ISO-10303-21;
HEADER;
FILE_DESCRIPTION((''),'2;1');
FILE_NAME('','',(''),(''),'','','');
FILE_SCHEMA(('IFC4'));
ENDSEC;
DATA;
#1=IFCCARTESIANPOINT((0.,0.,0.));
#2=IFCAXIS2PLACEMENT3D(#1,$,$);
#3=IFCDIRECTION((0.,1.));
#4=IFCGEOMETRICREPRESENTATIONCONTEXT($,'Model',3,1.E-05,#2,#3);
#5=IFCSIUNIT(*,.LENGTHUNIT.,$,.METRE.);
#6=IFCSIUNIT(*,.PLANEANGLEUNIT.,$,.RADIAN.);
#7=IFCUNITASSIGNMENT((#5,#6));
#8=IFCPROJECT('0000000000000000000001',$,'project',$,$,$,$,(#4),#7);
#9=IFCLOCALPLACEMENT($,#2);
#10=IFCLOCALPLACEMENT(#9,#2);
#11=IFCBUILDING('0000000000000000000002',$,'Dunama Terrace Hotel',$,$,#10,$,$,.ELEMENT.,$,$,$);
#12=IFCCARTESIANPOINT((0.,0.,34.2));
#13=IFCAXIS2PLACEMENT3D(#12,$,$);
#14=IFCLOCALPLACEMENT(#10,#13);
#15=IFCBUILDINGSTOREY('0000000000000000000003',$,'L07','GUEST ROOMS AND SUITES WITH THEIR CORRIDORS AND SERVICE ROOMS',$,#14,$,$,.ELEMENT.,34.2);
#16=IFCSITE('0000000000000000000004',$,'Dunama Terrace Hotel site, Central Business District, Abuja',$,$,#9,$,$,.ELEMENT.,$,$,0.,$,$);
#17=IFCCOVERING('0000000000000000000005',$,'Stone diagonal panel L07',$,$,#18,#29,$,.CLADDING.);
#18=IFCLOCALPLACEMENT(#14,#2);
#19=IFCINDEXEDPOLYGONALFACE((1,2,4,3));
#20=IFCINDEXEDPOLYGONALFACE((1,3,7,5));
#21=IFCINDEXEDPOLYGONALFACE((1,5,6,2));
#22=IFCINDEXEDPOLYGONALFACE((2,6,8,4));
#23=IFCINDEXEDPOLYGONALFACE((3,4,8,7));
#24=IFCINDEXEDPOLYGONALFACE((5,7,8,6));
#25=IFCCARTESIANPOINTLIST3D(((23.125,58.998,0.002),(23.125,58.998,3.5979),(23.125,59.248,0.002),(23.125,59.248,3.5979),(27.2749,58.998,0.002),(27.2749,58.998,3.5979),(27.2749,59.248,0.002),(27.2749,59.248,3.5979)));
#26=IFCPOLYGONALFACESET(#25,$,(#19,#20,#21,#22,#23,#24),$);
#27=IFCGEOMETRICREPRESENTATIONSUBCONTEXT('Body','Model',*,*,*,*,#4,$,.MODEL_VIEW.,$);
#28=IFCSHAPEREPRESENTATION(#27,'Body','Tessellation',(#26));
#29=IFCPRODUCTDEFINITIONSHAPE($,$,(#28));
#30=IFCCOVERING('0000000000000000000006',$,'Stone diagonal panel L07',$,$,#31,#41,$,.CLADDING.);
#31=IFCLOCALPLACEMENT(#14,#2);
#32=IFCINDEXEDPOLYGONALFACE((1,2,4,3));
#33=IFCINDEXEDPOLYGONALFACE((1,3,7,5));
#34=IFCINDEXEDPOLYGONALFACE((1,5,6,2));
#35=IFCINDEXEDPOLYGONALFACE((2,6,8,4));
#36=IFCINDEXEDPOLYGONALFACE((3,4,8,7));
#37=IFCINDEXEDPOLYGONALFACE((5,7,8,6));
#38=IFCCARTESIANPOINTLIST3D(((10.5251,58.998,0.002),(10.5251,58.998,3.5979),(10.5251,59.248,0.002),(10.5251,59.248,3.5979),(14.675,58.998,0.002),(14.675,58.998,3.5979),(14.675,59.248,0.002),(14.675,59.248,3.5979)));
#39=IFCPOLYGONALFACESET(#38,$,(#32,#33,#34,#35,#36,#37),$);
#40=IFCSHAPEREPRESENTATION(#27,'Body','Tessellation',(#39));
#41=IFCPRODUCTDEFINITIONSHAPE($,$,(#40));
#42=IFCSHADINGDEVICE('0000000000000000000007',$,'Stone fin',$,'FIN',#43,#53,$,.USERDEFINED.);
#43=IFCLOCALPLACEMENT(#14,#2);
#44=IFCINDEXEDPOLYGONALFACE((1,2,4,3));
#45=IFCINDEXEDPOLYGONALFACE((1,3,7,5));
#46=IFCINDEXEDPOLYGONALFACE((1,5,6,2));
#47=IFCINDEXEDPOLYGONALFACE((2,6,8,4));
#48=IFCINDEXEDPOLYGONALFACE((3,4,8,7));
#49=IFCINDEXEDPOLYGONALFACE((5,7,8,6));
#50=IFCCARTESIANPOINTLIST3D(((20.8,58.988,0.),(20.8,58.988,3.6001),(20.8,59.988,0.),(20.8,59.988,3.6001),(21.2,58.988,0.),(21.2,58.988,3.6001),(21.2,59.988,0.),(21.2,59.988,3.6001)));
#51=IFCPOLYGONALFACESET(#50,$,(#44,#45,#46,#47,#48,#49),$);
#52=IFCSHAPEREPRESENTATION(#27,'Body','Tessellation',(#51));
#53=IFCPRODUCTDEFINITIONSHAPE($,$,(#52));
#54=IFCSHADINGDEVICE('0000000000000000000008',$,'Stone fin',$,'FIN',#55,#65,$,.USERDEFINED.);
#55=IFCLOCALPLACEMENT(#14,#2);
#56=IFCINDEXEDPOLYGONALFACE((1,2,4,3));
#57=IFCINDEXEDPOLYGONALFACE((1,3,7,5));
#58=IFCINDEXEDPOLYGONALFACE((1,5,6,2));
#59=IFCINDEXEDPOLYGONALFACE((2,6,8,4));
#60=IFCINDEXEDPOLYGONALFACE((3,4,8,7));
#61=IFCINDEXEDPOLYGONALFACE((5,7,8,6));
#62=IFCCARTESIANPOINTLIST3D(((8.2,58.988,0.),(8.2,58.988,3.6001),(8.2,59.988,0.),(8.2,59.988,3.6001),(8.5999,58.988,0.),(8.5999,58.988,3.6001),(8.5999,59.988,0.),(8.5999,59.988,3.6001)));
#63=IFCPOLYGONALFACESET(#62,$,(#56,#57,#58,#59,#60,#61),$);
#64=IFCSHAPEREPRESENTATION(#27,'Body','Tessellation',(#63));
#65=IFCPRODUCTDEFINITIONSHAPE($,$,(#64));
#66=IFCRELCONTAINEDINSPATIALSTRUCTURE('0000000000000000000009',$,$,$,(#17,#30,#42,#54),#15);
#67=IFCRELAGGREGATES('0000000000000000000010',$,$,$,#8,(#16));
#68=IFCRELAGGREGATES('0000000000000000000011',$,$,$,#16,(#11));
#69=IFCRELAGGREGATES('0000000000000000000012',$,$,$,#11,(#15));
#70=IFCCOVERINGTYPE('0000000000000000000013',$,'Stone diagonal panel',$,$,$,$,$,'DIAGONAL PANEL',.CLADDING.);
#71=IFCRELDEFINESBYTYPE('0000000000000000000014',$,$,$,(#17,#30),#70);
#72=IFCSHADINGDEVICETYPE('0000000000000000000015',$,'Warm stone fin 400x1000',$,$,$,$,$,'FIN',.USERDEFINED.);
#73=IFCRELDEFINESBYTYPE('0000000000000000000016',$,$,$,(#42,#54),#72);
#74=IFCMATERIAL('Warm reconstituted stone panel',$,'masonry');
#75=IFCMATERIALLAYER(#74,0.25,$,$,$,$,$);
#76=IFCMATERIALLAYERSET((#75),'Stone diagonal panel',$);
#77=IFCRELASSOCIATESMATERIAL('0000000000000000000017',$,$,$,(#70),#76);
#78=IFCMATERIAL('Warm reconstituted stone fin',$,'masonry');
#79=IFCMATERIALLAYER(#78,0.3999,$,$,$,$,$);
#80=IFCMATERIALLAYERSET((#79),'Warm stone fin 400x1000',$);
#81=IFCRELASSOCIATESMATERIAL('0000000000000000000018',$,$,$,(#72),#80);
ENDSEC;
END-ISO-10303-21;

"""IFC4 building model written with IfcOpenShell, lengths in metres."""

from ifc_helpers import new_model, si_unit, direction, frame, origin, origin_2d, place, context, subcontext, project, spatial, rectangle, extrude, material, layer, layer_set, type_object, element, save


model = new_model("IFC4")

# Units and contexts
model_context = context("Model", 3, precision=1e-05, world=origin(), true_north=direction((0.0, 1.0)))
body_context = subcontext(model_context, "Body", "Model", "MODEL_VIEW")
ifc_project = project(units=[si_unit("LENGTHUNIT", "METRE"), si_unit("PLANEANGLEUNIT", "RADIAN")], contexts=[model_context])

# Site, building, storey
site_placement = place(None, origin())
site = spatial("IfcSite", under=ifc_project, at=site_placement, Name="Dunama Terrace Hotel site, Central Business District, Abuja", CompositionType="ELEMENT", RefElevation=0.0)
building_placement = place(site_placement, origin())
building = spatial("IfcBuilding", under=site, at=building_placement, Name="Dunama Terrace Hotel", CompositionType="ELEMENT")
storey_placement = place(building_placement, frame((0.0, 0.0, 34.2)))
storey = spatial("IfcBuildingStorey", under=building, at=storey_placement, Name="L07", Description="GUEST ROOMS AND SUITES WITH THEIR CORRIDORS AND SERVICE ROOMS", CompositionType="ELEMENT", Elevation=34.2)

# Coverings
ifc_material_1 = material(Name="Warm reconstituted stone panel", Category="masonry")
ifc_layer_1 = layer(ifc_material_1, 0.25)
ifc_layer_set_1 = layer_set([ifc_layer_1], Name="Stone diagonal panel")
covering_type = type_object("IfcCoveringType", Name="Stone diagonal panel", ElementType="DIAGONAL PANEL", PredefinedType="CLADDING", material=ifc_layer_set_1)
for number, where, z_axis, x_axis, name in (
    (1, (25.2, 59.123, 0.002), (0.0, 0.0, 1.0), (-1.0, 0.0, 0.0), "Stone diagonal panel L07"),
    (2, (12.6001, 59.123, 0.002), (0.0, 0.0, 1.0), (-1.0, 0.0, 0.0), "Stone diagonal panel L07"),
):
    element("IfcCovering", number, at=place(storey_placement, frame(where, z_axis=z_axis, x_axis=x_axis)), inside=storey, type_object=covering_type, Name=name, PredefinedType="CLADDING", context=body_context, shape_type="SweptSolid", body=[
        extrude(rectangle(XDim=4.1499, YDim=0.25, at=origin_2d()), origin(), (0.0, 0.0, 1.0), 3.5959),
    ])

# Shading devices
ifc_material_2 = material(Name="Warm reconstituted stone fin", Category="masonry")
ifc_layer_2 = layer(ifc_material_2, 0.3999)
ifc_layer_set_2 = layer_set([ifc_layer_2], Name="Warm stone fin 400x1000")
shading_device_type = type_object("IfcShadingDeviceType", Name="Warm stone fin 400x1000", ElementType="FIN", PredefinedType="USERDEFINED", material=ifc_layer_set_2)
for number, where, z_axis, x_axis, name in (
    (3, (21.0, 59.488, 0.0), (0.0, 0.0, 1.0), (-1.0, 0.0, 0.0), "Stone fin"),
    (4, (8.3999, 59.488, 0.0), (0.0, 0.0, 1.0), (-1.0, 0.0, 0.0), "Stone fin"),
):
    element("IfcShadingDevice", number, at=place(storey_placement, frame(where, z_axis=z_axis, x_axis=x_axis)), inside=storey, type_object=shading_device_type, Name=name, ObjectType="FIN", PredefinedType="USERDEFINED", context=body_context, shape_type="SweptSolid", body=[
        extrude(rectangle(XDim=0.3999, YDim=1.0, at=origin_2d()), origin(), (0.0, 0.0, 1.0), 3.6001),
    ])

save(model, "model.ifc")
